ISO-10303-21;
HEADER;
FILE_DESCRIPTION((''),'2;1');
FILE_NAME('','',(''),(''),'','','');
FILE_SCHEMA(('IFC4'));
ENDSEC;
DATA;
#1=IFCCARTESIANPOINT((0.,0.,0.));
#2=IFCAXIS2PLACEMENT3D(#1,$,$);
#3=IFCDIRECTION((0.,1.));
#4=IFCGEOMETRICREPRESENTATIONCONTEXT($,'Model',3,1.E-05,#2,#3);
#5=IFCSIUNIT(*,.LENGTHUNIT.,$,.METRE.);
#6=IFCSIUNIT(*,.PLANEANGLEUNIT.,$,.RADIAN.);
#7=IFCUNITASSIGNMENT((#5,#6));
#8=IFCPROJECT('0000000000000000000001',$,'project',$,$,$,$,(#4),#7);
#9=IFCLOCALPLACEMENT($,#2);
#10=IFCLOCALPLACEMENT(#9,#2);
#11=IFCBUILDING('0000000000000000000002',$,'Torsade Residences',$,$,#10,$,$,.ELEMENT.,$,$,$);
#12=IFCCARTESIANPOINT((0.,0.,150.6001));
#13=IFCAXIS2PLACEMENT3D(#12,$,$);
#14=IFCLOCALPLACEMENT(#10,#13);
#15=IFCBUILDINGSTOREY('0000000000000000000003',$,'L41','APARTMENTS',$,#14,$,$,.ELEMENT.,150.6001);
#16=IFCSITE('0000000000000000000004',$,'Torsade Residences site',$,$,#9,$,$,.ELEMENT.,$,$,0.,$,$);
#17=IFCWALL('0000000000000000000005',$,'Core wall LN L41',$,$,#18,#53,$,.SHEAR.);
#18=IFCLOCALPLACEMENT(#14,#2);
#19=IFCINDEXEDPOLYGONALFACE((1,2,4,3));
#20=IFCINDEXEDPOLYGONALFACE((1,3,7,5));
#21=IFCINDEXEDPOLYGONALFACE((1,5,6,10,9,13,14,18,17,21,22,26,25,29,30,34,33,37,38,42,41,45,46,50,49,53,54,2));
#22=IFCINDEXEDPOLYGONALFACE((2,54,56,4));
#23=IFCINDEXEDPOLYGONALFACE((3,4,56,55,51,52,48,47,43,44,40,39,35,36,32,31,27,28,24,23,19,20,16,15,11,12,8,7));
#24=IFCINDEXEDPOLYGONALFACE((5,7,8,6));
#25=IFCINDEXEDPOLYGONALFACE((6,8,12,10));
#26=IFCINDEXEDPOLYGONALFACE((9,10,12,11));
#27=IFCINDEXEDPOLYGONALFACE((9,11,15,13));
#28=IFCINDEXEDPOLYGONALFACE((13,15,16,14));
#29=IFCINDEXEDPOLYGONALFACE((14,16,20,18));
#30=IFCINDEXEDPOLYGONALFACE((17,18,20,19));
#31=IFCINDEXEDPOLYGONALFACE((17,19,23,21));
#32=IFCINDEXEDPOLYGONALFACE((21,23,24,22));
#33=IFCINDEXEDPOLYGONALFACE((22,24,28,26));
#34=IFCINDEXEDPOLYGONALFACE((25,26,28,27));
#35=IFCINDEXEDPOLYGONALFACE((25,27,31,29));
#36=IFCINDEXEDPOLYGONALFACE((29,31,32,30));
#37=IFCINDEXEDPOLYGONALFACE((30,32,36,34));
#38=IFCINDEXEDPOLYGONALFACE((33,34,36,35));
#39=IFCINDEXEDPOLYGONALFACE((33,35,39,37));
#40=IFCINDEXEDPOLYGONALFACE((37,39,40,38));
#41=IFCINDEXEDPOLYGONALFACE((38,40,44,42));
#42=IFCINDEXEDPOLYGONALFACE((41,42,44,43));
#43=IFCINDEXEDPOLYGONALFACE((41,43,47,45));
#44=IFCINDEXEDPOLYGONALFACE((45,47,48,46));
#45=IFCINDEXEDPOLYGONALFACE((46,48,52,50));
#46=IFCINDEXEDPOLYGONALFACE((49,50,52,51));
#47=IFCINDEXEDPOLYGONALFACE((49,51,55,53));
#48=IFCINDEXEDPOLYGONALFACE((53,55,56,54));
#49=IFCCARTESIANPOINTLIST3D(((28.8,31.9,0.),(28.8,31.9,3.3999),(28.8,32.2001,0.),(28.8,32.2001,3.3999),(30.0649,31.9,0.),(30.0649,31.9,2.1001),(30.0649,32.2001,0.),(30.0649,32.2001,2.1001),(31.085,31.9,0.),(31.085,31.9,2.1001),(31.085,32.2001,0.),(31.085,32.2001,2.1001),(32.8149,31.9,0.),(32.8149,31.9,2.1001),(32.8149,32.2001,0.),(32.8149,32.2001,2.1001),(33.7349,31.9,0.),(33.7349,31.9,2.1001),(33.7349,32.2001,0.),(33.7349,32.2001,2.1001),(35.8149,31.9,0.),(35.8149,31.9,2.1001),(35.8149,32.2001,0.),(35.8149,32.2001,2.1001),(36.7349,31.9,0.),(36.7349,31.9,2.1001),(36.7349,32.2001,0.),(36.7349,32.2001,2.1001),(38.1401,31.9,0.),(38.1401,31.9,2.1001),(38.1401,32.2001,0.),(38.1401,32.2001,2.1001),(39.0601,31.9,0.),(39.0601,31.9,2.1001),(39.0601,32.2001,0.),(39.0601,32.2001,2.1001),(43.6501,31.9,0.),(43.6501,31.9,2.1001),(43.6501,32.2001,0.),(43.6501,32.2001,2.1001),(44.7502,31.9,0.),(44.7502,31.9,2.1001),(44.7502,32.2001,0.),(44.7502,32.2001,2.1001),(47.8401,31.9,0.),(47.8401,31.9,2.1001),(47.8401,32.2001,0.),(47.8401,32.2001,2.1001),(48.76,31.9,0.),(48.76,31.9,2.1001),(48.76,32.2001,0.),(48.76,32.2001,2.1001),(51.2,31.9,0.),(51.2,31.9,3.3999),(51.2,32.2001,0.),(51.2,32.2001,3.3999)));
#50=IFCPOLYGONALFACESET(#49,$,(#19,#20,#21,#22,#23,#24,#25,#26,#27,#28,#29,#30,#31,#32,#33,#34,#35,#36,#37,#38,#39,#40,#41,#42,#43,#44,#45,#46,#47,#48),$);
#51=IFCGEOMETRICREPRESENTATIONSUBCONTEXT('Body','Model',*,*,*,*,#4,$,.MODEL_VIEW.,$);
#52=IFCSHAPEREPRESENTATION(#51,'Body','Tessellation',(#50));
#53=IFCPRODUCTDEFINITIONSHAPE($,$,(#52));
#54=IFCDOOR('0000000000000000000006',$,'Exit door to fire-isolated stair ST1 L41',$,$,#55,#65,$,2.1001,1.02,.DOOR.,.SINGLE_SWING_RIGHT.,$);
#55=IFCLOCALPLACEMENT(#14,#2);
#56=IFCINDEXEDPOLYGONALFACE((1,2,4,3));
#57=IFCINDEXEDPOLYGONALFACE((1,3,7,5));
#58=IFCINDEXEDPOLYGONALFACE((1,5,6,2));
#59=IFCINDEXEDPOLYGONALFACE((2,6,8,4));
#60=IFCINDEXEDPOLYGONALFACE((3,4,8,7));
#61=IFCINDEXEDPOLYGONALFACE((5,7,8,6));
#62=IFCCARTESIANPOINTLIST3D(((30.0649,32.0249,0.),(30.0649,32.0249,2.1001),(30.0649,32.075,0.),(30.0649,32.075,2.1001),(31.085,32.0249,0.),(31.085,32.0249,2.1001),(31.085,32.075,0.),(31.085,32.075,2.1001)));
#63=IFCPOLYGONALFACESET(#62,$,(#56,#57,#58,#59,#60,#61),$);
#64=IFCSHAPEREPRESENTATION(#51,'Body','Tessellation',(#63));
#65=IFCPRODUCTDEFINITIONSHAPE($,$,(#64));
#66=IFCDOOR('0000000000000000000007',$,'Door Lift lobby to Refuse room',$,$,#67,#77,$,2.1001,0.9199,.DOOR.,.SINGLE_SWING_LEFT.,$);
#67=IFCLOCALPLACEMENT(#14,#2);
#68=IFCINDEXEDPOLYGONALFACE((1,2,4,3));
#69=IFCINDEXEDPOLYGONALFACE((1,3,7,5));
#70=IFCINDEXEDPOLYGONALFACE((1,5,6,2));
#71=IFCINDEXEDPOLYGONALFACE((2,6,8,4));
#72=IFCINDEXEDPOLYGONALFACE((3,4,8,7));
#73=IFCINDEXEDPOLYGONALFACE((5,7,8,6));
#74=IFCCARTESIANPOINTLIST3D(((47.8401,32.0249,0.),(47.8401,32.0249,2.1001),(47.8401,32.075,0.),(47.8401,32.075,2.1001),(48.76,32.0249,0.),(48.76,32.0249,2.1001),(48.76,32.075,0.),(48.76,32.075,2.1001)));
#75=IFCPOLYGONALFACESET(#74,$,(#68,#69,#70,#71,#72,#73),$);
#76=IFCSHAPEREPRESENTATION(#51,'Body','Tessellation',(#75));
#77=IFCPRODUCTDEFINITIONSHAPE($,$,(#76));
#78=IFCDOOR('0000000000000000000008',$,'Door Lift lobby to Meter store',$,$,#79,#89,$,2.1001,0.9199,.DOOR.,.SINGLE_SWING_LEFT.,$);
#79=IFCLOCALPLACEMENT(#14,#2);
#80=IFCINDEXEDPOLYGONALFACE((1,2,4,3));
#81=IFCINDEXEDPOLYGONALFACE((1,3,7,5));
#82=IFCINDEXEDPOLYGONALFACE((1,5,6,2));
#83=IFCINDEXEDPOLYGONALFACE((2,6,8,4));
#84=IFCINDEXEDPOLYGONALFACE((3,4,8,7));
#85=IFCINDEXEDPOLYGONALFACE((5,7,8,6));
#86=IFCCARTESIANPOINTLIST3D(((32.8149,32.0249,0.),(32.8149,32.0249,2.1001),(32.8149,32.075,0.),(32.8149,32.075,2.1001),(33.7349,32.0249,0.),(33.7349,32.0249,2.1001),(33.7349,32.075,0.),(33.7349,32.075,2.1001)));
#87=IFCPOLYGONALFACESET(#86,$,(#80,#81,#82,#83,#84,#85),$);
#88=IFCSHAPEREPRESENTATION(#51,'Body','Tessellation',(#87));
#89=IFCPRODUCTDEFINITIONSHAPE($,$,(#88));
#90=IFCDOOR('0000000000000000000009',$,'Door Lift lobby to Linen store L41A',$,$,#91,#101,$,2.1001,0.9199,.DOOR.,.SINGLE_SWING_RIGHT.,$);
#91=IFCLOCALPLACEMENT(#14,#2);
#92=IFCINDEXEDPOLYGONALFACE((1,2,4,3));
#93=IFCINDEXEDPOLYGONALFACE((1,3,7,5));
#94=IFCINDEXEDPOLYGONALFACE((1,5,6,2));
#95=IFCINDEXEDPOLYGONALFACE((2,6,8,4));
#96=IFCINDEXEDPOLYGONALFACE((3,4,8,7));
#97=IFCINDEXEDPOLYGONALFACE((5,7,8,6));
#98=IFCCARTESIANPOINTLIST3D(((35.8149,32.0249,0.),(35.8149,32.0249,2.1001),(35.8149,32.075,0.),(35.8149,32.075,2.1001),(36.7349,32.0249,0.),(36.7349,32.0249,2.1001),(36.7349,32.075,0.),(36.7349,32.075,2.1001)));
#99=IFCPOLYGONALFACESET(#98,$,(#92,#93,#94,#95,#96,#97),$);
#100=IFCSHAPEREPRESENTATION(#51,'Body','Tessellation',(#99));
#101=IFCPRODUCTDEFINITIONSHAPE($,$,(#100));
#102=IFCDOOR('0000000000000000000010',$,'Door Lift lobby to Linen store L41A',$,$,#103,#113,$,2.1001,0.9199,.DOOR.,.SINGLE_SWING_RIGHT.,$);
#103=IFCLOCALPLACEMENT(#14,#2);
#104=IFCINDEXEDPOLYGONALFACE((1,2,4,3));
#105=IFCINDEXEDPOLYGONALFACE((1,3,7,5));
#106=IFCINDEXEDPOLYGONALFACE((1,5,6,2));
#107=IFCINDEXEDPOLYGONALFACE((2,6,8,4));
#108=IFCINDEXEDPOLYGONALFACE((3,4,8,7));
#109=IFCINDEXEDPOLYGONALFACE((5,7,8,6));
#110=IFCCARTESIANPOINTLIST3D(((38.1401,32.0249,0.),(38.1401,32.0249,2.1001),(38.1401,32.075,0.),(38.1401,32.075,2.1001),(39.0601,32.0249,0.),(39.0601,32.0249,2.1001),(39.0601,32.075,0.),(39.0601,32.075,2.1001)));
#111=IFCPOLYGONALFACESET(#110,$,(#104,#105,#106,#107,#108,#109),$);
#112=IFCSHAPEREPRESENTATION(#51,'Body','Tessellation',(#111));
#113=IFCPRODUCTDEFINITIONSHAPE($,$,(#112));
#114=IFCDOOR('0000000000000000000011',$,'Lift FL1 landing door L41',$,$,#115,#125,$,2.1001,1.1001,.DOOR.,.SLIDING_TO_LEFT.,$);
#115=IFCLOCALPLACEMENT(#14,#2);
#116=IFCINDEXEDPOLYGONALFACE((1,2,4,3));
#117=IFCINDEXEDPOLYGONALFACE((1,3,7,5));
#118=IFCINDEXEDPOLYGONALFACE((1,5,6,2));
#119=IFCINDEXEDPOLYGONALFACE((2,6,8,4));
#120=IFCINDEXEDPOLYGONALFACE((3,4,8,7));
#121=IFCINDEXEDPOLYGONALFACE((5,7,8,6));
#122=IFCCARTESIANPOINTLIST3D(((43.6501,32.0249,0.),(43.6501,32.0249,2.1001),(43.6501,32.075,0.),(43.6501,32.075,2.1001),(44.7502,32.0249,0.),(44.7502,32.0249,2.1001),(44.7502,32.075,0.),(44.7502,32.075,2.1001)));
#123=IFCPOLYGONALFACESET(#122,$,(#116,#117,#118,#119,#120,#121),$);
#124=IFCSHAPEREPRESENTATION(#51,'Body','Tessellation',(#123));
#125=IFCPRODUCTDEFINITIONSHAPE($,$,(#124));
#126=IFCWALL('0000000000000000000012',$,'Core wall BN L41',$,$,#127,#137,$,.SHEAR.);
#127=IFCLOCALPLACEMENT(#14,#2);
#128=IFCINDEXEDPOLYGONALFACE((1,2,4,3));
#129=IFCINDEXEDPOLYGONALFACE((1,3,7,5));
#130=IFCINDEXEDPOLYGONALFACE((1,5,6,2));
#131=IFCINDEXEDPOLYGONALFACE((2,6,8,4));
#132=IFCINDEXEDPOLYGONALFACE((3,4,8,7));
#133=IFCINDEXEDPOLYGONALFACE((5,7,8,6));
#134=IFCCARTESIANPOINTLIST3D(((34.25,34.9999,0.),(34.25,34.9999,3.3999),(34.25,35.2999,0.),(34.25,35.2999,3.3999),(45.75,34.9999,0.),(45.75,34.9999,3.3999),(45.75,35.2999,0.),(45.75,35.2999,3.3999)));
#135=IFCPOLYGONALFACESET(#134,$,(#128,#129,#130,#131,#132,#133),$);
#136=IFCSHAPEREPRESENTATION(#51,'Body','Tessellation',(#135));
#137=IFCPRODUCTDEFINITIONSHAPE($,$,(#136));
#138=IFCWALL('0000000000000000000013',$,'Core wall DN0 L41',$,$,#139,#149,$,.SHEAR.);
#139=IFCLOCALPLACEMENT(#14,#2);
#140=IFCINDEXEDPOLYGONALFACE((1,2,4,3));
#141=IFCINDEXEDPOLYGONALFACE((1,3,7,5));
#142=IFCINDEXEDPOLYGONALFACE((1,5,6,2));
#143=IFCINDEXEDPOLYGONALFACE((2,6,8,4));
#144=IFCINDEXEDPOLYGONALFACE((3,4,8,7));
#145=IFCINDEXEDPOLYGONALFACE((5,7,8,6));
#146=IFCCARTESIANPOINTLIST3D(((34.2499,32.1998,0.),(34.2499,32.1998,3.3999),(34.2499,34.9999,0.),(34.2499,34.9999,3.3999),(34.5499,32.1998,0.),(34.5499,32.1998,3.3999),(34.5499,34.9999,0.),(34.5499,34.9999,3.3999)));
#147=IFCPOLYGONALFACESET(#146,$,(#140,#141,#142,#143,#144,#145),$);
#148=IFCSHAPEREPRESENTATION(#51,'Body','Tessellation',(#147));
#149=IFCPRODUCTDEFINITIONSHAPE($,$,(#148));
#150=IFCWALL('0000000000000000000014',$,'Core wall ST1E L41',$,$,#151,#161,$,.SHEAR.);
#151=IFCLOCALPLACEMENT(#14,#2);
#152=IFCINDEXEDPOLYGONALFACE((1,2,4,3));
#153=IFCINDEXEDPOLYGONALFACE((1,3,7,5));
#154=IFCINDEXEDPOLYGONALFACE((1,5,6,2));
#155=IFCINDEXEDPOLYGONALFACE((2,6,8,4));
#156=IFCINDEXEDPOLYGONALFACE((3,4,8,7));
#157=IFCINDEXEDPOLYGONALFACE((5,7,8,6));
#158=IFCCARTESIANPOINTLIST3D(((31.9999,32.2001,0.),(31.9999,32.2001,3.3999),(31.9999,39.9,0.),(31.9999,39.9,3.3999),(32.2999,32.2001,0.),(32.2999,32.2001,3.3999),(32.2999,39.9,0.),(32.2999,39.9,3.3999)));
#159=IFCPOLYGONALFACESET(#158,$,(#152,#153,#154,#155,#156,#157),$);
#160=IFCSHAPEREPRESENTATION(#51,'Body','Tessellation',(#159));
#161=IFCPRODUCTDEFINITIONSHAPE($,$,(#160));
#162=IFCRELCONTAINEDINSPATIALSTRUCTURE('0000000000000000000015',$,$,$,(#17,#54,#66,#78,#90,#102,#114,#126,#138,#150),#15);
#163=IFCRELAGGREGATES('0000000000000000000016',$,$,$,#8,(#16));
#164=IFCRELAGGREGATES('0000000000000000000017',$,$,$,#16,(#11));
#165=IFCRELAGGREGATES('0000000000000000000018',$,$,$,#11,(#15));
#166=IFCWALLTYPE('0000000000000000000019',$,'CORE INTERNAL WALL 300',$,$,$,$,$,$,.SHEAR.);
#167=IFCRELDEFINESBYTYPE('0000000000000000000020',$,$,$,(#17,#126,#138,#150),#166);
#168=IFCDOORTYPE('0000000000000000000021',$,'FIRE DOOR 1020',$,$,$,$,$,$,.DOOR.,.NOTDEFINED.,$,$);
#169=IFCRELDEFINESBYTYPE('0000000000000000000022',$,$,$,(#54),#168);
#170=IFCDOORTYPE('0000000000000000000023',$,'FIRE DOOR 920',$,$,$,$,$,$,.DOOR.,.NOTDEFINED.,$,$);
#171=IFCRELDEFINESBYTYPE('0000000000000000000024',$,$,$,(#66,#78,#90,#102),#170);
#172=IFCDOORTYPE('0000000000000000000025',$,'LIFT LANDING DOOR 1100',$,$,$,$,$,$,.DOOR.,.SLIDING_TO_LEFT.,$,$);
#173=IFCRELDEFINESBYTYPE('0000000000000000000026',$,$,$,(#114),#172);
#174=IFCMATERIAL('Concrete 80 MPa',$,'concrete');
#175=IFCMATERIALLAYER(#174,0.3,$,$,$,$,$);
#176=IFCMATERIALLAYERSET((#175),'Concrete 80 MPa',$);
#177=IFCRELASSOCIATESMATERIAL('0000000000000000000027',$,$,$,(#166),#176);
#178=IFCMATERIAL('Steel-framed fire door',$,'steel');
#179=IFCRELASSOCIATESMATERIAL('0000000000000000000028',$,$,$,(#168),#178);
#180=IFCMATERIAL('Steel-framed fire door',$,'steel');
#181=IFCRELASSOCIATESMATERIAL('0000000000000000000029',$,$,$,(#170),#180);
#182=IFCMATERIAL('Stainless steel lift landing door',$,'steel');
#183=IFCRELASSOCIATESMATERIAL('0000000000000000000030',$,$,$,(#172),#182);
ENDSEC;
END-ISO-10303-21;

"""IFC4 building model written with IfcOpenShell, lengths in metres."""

from ifc_helpers import new_model, si_unit, direction, frame, frame_2d, origin, place, context, subcontext, project, spatial, rectangle, extrude, material, layer, layer_set, type_object, element, fill, save


model = new_model("IFC4")

# Units and contexts
model_context = context("Model", 3, precision=1e-05, world=origin(), true_north=direction((0.0, 1.0)))
body_context = subcontext(model_context, "Body", "Model", "MODEL_VIEW")
ifc_project = project(units=[si_unit("LENGTHUNIT", "METRE"), si_unit("PLANEANGLEUNIT", "RADIAN")], contexts=[model_context])

# Site, building, storey
site_placement = place(None, origin())
site = spatial("IfcSite", under=ifc_project, at=site_placement, Name="Torsade Residences site", CompositionType="ELEMENT", RefElevation=0.0)
building_placement = place(site_placement, origin())
building = spatial("IfcBuilding", under=site, at=building_placement, Name="Torsade Residences", CompositionType="ELEMENT")
storey_placement = place(building_placement, frame((0.0, 0.0, 150.6001)))
storey = spatial("IfcBuildingStorey", under=building, at=storey_placement, Name="L41", Description="APARTMENTS", CompositionType="ELEMENT", Elevation=150.6001)

# Wall, openings, doors
ifc_material_1 = material(Name="Concrete 80 MPa", Category="concrete")
ifc_layer_1 = layer(ifc_material_1, 0.3)
ifc_layer_set_1 = layer_set([ifc_layer_1], Name="Concrete 80 MPa")
wall_type_1 = type_object("IfcWallType", Name="CORE INTERNAL WALL 300", PredefinedType="SHEAR", material=ifc_layer_set_1)
wall_1_placement = place(storey_placement, frame((28.8, 32.05, 0.0), z_axis=(0.0, 0.0, 1.0), x_axis=(1.0, 0.0, 0.0)))
wall_1 = element("IfcWall", 1, at=wall_1_placement, inside=storey, type_object=wall_type_1, Name="Core wall LN L41", PredefinedType="SHEAR", context=body_context, shape_type="SweptSolid", body=[
    extrude(rectangle(XDim=22.3999, YDim=0.3, at=frame_2d((11.2, 0.0))), origin(), (0.0, 0.0, 1.0), 3.3999),
])
opening_1_placement = place(wall_1_placement, frame((19.04, 0.0, 0.0)))
opening_1 = element("IfcOpeningElement", 2, at=opening_1_placement, cuts=wall_1, PredefinedType="OPENING", context=body_context, shape_type="SweptSolid", body=[
    extrude(rectangle(XDim=0.9199, YDim=2.1001, at=frame_2d((0.46, 1.05))), frame((0.0, 0.1599, 0.0), z_axis=(0.0, -1.0, 0.0), x_axis=(1.0, 0.0, 0.0)), (0.0, 0.0, 1.0), 0.3201),
])
opening_2_placement = place(wall_1_placement, frame((1.2649, 0.0, 0.0)))
opening_2 = element("IfcOpeningElement", 3, at=opening_2_placement, cuts=wall_1, PredefinedType="OPENING", context=body_context, shape_type="SweptSolid", body=[
    extrude(rectangle(XDim=1.02, YDim=2.1001, at=frame_2d((0.51, 1.05))), frame((0.0, 0.1599, 0.0), z_axis=(0.0, -1.0, 0.0), x_axis=(1.0, 0.0, 0.0)), (0.0, 0.0, 1.0), 0.3201),
])
opening_3_placement = place(wall_1_placement, frame((4.0149, 0.0, 0.0)))
opening_3 = element("IfcOpeningElement", 4, at=opening_3_placement, cuts=wall_1, PredefinedType="OPENING", context=body_context, shape_type="SweptSolid", body=[
    extrude(rectangle(XDim=0.9199, YDim=2.1001, at=frame_2d((0.46, 1.05))), frame((0.0, 0.1599, 0.0), z_axis=(0.0, -1.0, 0.0), x_axis=(1.0, 0.0, 0.0)), (0.0, 0.0, 1.0), 0.3201),
])
opening_4_placement = place(wall_1_placement, frame((7.0149, 0.0, 0.0)))
opening_4 = element("IfcOpeningElement", 5, at=opening_4_placement, cuts=wall_1, PredefinedType="OPENING", context=body_context, shape_type="SweptSolid", body=[
    extrude(rectangle(XDim=0.9199, YDim=2.1001, at=frame_2d((0.46, 1.05))), frame((0.0, 0.1599, 0.0), z_axis=(0.0, -1.0, 0.0), x_axis=(1.0, 0.0, 0.0)), (0.0, 0.0, 1.0), 0.3201),
])
opening_5_placement = place(wall_1_placement, frame((9.3401, 0.0, 0.0)))
opening_5 = element("IfcOpeningElement", 6, at=opening_5_placement, cuts=wall_1, PredefinedType="OPENING", context=body_context, shape_type="SweptSolid", body=[
    extrude(rectangle(XDim=0.9199, YDim=2.1001, at=frame_2d((0.46, 1.05))), frame((0.0, 0.1599, 0.0), z_axis=(0.0, -1.0, 0.0), x_axis=(1.0, 0.0, 0.0)), (0.0, 0.0, 1.0), 0.3201),
])
opening_6_placement = place(wall_1_placement, frame((14.8501, 0.0, 0.0)))
opening_6 = element("IfcOpeningElement", 7, at=opening_6_placement, cuts=wall_1, PredefinedType="OPENING", context=body_context, shape_type="SweptSolid", body=[
    extrude(rectangle(XDim=1.1001, YDim=2.1001, at=frame_2d((0.55, 1.05))), frame((0.0, 0.1599, 0.0), z_axis=(0.0, -1.0, 0.0), x_axis=(1.0, 0.0, 0.0)), (0.0, 0.0, 1.0), 0.3201),
])
ifc_material_2 = material(Name="Steel-framed fire door", Category="steel")
door_type_1 = type_object("IfcDoorType", Name="FIRE DOOR 1020", OperationType="NOTDEFINED", PredefinedType="DOOR", material=ifc_material_2)
door_1_placement = place(opening_2_placement, origin())
door_1 = element("IfcDoor", 8, at=door_1_placement, inside=storey, type_object=door_type_1, Name="Exit door to fire-isolated stair ST1 L41", OperationType="SINGLE_SWING_RIGHT", OverallHeight=2.1001, OverallWidth=1.02, PredefinedType="DOOR", context=body_context, shape_type="SweptSolid", body=[
    extrude(rectangle(XDim=1.02, YDim=2.1001, at=frame_2d((0.51, 1.05))), frame((0.0, 0.0249, 0.0), z_axis=(0.0, -1.0, 0.0), x_axis=(1.0, 0.0, 0.0)), (0.0, 0.0, 1.0), 0.05),
])
fill(opening_2, door_1)
ifc_material_3 = material(Name="Steel-framed fire door", Category="steel")
door_type_2 = type_object("IfcDoorType", Name="FIRE DOOR 920", OperationType="NOTDEFINED", PredefinedType="DOOR", material=ifc_material_3)
door_2_placement = place(opening_1_placement, origin())
door_2 = element("IfcDoor", 9, at=door_2_placement, inside=storey, type_object=door_type_2, Name="Door Lift lobby to Refuse room", OperationType="SINGLE_SWING_LEFT", OverallHeight=2.1001, OverallWidth=0.9199, PredefinedType="DOOR", context=body_context, shape_type="SweptSolid", body=[
    extrude(rectangle(XDim=0.9199, YDim=2.1001, at=frame_2d((0.46, 1.05))), frame((0.0, 0.0249, 0.0), z_axis=(0.0, -1.0, 0.0), x_axis=(1.0, 0.0, 0.0)), (0.0, 0.0, 1.0), 0.05),
])
fill(opening_1, door_2)
door_3_placement = place(opening_3_placement, origin())
door_3 = element("IfcDoor", 10, at=door_3_placement, inside=storey, type_object=door_type_2, Name="Door Lift lobby to Meter store", OperationType="SINGLE_SWING_LEFT", OverallHeight=2.1001, OverallWidth=0.9199, PredefinedType="DOOR", context=body_context, shape_type="SweptSolid", body=[
    extrude(rectangle(XDim=0.9199, YDim=2.1001, at=frame_2d((0.46, 1.05))), frame((0.0, 0.0249, 0.0), z_axis=(0.0, -1.0, 0.0), x_axis=(1.0, 0.0, 0.0)), (0.0, 0.0, 1.0), 0.05),
])
fill(opening_3, door_3)
door_4_placement = place(opening_4_placement, origin())
door_4 = element("IfcDoor", 11, at=door_4_placement, inside=storey, type_object=door_type_2, Name="Door Lift lobby to Linen store L41A", OperationType="SINGLE_SWING_RIGHT", OverallHeight=2.1001, OverallWidth=0.9199, PredefinedType="DOOR", context=body_context, shape_type="SweptSolid", body=[
    extrude(rectangle(XDim=0.9199, YDim=2.1001, at=frame_2d((0.46, 1.05))), frame((0.0, 0.0249, 0.0), z_axis=(0.0, -1.0, 0.0), x_axis=(1.0, 0.0, 0.0)), (0.0, 0.0, 1.0), 0.05),
])
fill(opening_4, door_4)
door_5_placement = place(opening_5_placement, origin())
door_5 = element("IfcDoor", 12, at=door_5_placement, inside=storey, type_object=door_type_2, Name="Door Lift lobby to Linen store L41A", OperationType="SINGLE_SWING_RIGHT", OverallHeight=2.1001, OverallWidth=0.9199, PredefinedType="DOOR", context=body_context, shape_type="SweptSolid", body=[
    extrude(rectangle(XDim=0.9199, YDim=2.1001, at=frame_2d((0.46, 1.05))), frame((0.0, 0.0249, 0.0), z_axis=(0.0, -1.0, 0.0), x_axis=(1.0, 0.0, 0.0)), (0.0, 0.0, 1.0), 0.05),
])
fill(opening_5, door_5)
ifc_material_4 = material(Name="Stainless steel lift landing door", Category="steel")
door_type_3 = type_object("IfcDoorType", Name="LIFT LANDING DOOR 1100", OperationType="SLIDING_TO_LEFT", PredefinedType="DOOR", material=ifc_material_4)
door_6_placement = place(opening_6_placement, origin())
door_6 = element("IfcDoor", 13, at=door_6_placement, inside=storey, type_object=door_type_3, Name="Lift FL1 landing door L41", OperationType="SLIDING_TO_LEFT", OverallHeight=2.1001, OverallWidth=1.1001, PredefinedType="DOOR", context=body_context, shape_type="SweptSolid", body=[
    extrude(rectangle(XDim=1.1001, YDim=2.1001, at=frame_2d((0.55, 1.05))), frame((0.0, 0.0249, 0.0), z_axis=(0.0, -1.0, 0.0), x_axis=(1.0, 0.0, 0.0)), (0.0, 0.0, 1.0), 0.05),
])
fill(opening_6, door_6)

# Walls
wall_2_placement = place(storey_placement, frame((34.25, 35.1499, 0.0), z_axis=(0.0, 0.0, 1.0), x_axis=(1.0, 0.0, 0.0)))
element("IfcWall", 14, at=wall_2_placement, inside=storey, type_object=wall_type_1, Name="Core wall BN L41", PredefinedType="SHEAR", context=body_context, shape_type="SweptSolid", body=[
    extrude(rectangle(XDim=11.5, YDim=0.3, at=frame_2d((5.75, 0.0))), origin(), (0.0, 0.0, 1.0), 3.3999),
])
wall_3_placement = place(storey_placement, frame((34.3999, 32.2, 0.0), z_axis=(0.0, 0.0, 1.0), x_axis=(0.0, 1.0, 0.0)))
element("IfcWall", 15, at=wall_3_placement, inside=storey, type_object=wall_type_1, Name="Core wall DN0 L41", PredefinedType="SHEAR", context=body_context, shape_type="SweptSolid", body=[
    extrude(rectangle(XDim=2.8, YDim=0.3, at=frame_2d((1.3999, 0.0))), origin(), (0.0, 0.0, 1.0), 3.3999),
])
wall_4_placement = place(storey_placement, frame((32.1499, 32.2, 0.0), z_axis=(0.0, 0.0, 1.0), x_axis=(0.0, 1.0, 0.0)))
element("IfcWall", 16, at=wall_4_placement, inside=storey, type_object=wall_type_1, Name="Core wall ST1E L41", PredefinedType="SHEAR", context=body_context, shape_type="SweptSolid", body=[
    extrude(rectangle(XDim=7.7, YDim=0.3, at=frame_2d((3.8501, 0.0))), origin(), (0.0, 0.0, 1.0), 3.3999),
])

save(model, "model.ifc")
